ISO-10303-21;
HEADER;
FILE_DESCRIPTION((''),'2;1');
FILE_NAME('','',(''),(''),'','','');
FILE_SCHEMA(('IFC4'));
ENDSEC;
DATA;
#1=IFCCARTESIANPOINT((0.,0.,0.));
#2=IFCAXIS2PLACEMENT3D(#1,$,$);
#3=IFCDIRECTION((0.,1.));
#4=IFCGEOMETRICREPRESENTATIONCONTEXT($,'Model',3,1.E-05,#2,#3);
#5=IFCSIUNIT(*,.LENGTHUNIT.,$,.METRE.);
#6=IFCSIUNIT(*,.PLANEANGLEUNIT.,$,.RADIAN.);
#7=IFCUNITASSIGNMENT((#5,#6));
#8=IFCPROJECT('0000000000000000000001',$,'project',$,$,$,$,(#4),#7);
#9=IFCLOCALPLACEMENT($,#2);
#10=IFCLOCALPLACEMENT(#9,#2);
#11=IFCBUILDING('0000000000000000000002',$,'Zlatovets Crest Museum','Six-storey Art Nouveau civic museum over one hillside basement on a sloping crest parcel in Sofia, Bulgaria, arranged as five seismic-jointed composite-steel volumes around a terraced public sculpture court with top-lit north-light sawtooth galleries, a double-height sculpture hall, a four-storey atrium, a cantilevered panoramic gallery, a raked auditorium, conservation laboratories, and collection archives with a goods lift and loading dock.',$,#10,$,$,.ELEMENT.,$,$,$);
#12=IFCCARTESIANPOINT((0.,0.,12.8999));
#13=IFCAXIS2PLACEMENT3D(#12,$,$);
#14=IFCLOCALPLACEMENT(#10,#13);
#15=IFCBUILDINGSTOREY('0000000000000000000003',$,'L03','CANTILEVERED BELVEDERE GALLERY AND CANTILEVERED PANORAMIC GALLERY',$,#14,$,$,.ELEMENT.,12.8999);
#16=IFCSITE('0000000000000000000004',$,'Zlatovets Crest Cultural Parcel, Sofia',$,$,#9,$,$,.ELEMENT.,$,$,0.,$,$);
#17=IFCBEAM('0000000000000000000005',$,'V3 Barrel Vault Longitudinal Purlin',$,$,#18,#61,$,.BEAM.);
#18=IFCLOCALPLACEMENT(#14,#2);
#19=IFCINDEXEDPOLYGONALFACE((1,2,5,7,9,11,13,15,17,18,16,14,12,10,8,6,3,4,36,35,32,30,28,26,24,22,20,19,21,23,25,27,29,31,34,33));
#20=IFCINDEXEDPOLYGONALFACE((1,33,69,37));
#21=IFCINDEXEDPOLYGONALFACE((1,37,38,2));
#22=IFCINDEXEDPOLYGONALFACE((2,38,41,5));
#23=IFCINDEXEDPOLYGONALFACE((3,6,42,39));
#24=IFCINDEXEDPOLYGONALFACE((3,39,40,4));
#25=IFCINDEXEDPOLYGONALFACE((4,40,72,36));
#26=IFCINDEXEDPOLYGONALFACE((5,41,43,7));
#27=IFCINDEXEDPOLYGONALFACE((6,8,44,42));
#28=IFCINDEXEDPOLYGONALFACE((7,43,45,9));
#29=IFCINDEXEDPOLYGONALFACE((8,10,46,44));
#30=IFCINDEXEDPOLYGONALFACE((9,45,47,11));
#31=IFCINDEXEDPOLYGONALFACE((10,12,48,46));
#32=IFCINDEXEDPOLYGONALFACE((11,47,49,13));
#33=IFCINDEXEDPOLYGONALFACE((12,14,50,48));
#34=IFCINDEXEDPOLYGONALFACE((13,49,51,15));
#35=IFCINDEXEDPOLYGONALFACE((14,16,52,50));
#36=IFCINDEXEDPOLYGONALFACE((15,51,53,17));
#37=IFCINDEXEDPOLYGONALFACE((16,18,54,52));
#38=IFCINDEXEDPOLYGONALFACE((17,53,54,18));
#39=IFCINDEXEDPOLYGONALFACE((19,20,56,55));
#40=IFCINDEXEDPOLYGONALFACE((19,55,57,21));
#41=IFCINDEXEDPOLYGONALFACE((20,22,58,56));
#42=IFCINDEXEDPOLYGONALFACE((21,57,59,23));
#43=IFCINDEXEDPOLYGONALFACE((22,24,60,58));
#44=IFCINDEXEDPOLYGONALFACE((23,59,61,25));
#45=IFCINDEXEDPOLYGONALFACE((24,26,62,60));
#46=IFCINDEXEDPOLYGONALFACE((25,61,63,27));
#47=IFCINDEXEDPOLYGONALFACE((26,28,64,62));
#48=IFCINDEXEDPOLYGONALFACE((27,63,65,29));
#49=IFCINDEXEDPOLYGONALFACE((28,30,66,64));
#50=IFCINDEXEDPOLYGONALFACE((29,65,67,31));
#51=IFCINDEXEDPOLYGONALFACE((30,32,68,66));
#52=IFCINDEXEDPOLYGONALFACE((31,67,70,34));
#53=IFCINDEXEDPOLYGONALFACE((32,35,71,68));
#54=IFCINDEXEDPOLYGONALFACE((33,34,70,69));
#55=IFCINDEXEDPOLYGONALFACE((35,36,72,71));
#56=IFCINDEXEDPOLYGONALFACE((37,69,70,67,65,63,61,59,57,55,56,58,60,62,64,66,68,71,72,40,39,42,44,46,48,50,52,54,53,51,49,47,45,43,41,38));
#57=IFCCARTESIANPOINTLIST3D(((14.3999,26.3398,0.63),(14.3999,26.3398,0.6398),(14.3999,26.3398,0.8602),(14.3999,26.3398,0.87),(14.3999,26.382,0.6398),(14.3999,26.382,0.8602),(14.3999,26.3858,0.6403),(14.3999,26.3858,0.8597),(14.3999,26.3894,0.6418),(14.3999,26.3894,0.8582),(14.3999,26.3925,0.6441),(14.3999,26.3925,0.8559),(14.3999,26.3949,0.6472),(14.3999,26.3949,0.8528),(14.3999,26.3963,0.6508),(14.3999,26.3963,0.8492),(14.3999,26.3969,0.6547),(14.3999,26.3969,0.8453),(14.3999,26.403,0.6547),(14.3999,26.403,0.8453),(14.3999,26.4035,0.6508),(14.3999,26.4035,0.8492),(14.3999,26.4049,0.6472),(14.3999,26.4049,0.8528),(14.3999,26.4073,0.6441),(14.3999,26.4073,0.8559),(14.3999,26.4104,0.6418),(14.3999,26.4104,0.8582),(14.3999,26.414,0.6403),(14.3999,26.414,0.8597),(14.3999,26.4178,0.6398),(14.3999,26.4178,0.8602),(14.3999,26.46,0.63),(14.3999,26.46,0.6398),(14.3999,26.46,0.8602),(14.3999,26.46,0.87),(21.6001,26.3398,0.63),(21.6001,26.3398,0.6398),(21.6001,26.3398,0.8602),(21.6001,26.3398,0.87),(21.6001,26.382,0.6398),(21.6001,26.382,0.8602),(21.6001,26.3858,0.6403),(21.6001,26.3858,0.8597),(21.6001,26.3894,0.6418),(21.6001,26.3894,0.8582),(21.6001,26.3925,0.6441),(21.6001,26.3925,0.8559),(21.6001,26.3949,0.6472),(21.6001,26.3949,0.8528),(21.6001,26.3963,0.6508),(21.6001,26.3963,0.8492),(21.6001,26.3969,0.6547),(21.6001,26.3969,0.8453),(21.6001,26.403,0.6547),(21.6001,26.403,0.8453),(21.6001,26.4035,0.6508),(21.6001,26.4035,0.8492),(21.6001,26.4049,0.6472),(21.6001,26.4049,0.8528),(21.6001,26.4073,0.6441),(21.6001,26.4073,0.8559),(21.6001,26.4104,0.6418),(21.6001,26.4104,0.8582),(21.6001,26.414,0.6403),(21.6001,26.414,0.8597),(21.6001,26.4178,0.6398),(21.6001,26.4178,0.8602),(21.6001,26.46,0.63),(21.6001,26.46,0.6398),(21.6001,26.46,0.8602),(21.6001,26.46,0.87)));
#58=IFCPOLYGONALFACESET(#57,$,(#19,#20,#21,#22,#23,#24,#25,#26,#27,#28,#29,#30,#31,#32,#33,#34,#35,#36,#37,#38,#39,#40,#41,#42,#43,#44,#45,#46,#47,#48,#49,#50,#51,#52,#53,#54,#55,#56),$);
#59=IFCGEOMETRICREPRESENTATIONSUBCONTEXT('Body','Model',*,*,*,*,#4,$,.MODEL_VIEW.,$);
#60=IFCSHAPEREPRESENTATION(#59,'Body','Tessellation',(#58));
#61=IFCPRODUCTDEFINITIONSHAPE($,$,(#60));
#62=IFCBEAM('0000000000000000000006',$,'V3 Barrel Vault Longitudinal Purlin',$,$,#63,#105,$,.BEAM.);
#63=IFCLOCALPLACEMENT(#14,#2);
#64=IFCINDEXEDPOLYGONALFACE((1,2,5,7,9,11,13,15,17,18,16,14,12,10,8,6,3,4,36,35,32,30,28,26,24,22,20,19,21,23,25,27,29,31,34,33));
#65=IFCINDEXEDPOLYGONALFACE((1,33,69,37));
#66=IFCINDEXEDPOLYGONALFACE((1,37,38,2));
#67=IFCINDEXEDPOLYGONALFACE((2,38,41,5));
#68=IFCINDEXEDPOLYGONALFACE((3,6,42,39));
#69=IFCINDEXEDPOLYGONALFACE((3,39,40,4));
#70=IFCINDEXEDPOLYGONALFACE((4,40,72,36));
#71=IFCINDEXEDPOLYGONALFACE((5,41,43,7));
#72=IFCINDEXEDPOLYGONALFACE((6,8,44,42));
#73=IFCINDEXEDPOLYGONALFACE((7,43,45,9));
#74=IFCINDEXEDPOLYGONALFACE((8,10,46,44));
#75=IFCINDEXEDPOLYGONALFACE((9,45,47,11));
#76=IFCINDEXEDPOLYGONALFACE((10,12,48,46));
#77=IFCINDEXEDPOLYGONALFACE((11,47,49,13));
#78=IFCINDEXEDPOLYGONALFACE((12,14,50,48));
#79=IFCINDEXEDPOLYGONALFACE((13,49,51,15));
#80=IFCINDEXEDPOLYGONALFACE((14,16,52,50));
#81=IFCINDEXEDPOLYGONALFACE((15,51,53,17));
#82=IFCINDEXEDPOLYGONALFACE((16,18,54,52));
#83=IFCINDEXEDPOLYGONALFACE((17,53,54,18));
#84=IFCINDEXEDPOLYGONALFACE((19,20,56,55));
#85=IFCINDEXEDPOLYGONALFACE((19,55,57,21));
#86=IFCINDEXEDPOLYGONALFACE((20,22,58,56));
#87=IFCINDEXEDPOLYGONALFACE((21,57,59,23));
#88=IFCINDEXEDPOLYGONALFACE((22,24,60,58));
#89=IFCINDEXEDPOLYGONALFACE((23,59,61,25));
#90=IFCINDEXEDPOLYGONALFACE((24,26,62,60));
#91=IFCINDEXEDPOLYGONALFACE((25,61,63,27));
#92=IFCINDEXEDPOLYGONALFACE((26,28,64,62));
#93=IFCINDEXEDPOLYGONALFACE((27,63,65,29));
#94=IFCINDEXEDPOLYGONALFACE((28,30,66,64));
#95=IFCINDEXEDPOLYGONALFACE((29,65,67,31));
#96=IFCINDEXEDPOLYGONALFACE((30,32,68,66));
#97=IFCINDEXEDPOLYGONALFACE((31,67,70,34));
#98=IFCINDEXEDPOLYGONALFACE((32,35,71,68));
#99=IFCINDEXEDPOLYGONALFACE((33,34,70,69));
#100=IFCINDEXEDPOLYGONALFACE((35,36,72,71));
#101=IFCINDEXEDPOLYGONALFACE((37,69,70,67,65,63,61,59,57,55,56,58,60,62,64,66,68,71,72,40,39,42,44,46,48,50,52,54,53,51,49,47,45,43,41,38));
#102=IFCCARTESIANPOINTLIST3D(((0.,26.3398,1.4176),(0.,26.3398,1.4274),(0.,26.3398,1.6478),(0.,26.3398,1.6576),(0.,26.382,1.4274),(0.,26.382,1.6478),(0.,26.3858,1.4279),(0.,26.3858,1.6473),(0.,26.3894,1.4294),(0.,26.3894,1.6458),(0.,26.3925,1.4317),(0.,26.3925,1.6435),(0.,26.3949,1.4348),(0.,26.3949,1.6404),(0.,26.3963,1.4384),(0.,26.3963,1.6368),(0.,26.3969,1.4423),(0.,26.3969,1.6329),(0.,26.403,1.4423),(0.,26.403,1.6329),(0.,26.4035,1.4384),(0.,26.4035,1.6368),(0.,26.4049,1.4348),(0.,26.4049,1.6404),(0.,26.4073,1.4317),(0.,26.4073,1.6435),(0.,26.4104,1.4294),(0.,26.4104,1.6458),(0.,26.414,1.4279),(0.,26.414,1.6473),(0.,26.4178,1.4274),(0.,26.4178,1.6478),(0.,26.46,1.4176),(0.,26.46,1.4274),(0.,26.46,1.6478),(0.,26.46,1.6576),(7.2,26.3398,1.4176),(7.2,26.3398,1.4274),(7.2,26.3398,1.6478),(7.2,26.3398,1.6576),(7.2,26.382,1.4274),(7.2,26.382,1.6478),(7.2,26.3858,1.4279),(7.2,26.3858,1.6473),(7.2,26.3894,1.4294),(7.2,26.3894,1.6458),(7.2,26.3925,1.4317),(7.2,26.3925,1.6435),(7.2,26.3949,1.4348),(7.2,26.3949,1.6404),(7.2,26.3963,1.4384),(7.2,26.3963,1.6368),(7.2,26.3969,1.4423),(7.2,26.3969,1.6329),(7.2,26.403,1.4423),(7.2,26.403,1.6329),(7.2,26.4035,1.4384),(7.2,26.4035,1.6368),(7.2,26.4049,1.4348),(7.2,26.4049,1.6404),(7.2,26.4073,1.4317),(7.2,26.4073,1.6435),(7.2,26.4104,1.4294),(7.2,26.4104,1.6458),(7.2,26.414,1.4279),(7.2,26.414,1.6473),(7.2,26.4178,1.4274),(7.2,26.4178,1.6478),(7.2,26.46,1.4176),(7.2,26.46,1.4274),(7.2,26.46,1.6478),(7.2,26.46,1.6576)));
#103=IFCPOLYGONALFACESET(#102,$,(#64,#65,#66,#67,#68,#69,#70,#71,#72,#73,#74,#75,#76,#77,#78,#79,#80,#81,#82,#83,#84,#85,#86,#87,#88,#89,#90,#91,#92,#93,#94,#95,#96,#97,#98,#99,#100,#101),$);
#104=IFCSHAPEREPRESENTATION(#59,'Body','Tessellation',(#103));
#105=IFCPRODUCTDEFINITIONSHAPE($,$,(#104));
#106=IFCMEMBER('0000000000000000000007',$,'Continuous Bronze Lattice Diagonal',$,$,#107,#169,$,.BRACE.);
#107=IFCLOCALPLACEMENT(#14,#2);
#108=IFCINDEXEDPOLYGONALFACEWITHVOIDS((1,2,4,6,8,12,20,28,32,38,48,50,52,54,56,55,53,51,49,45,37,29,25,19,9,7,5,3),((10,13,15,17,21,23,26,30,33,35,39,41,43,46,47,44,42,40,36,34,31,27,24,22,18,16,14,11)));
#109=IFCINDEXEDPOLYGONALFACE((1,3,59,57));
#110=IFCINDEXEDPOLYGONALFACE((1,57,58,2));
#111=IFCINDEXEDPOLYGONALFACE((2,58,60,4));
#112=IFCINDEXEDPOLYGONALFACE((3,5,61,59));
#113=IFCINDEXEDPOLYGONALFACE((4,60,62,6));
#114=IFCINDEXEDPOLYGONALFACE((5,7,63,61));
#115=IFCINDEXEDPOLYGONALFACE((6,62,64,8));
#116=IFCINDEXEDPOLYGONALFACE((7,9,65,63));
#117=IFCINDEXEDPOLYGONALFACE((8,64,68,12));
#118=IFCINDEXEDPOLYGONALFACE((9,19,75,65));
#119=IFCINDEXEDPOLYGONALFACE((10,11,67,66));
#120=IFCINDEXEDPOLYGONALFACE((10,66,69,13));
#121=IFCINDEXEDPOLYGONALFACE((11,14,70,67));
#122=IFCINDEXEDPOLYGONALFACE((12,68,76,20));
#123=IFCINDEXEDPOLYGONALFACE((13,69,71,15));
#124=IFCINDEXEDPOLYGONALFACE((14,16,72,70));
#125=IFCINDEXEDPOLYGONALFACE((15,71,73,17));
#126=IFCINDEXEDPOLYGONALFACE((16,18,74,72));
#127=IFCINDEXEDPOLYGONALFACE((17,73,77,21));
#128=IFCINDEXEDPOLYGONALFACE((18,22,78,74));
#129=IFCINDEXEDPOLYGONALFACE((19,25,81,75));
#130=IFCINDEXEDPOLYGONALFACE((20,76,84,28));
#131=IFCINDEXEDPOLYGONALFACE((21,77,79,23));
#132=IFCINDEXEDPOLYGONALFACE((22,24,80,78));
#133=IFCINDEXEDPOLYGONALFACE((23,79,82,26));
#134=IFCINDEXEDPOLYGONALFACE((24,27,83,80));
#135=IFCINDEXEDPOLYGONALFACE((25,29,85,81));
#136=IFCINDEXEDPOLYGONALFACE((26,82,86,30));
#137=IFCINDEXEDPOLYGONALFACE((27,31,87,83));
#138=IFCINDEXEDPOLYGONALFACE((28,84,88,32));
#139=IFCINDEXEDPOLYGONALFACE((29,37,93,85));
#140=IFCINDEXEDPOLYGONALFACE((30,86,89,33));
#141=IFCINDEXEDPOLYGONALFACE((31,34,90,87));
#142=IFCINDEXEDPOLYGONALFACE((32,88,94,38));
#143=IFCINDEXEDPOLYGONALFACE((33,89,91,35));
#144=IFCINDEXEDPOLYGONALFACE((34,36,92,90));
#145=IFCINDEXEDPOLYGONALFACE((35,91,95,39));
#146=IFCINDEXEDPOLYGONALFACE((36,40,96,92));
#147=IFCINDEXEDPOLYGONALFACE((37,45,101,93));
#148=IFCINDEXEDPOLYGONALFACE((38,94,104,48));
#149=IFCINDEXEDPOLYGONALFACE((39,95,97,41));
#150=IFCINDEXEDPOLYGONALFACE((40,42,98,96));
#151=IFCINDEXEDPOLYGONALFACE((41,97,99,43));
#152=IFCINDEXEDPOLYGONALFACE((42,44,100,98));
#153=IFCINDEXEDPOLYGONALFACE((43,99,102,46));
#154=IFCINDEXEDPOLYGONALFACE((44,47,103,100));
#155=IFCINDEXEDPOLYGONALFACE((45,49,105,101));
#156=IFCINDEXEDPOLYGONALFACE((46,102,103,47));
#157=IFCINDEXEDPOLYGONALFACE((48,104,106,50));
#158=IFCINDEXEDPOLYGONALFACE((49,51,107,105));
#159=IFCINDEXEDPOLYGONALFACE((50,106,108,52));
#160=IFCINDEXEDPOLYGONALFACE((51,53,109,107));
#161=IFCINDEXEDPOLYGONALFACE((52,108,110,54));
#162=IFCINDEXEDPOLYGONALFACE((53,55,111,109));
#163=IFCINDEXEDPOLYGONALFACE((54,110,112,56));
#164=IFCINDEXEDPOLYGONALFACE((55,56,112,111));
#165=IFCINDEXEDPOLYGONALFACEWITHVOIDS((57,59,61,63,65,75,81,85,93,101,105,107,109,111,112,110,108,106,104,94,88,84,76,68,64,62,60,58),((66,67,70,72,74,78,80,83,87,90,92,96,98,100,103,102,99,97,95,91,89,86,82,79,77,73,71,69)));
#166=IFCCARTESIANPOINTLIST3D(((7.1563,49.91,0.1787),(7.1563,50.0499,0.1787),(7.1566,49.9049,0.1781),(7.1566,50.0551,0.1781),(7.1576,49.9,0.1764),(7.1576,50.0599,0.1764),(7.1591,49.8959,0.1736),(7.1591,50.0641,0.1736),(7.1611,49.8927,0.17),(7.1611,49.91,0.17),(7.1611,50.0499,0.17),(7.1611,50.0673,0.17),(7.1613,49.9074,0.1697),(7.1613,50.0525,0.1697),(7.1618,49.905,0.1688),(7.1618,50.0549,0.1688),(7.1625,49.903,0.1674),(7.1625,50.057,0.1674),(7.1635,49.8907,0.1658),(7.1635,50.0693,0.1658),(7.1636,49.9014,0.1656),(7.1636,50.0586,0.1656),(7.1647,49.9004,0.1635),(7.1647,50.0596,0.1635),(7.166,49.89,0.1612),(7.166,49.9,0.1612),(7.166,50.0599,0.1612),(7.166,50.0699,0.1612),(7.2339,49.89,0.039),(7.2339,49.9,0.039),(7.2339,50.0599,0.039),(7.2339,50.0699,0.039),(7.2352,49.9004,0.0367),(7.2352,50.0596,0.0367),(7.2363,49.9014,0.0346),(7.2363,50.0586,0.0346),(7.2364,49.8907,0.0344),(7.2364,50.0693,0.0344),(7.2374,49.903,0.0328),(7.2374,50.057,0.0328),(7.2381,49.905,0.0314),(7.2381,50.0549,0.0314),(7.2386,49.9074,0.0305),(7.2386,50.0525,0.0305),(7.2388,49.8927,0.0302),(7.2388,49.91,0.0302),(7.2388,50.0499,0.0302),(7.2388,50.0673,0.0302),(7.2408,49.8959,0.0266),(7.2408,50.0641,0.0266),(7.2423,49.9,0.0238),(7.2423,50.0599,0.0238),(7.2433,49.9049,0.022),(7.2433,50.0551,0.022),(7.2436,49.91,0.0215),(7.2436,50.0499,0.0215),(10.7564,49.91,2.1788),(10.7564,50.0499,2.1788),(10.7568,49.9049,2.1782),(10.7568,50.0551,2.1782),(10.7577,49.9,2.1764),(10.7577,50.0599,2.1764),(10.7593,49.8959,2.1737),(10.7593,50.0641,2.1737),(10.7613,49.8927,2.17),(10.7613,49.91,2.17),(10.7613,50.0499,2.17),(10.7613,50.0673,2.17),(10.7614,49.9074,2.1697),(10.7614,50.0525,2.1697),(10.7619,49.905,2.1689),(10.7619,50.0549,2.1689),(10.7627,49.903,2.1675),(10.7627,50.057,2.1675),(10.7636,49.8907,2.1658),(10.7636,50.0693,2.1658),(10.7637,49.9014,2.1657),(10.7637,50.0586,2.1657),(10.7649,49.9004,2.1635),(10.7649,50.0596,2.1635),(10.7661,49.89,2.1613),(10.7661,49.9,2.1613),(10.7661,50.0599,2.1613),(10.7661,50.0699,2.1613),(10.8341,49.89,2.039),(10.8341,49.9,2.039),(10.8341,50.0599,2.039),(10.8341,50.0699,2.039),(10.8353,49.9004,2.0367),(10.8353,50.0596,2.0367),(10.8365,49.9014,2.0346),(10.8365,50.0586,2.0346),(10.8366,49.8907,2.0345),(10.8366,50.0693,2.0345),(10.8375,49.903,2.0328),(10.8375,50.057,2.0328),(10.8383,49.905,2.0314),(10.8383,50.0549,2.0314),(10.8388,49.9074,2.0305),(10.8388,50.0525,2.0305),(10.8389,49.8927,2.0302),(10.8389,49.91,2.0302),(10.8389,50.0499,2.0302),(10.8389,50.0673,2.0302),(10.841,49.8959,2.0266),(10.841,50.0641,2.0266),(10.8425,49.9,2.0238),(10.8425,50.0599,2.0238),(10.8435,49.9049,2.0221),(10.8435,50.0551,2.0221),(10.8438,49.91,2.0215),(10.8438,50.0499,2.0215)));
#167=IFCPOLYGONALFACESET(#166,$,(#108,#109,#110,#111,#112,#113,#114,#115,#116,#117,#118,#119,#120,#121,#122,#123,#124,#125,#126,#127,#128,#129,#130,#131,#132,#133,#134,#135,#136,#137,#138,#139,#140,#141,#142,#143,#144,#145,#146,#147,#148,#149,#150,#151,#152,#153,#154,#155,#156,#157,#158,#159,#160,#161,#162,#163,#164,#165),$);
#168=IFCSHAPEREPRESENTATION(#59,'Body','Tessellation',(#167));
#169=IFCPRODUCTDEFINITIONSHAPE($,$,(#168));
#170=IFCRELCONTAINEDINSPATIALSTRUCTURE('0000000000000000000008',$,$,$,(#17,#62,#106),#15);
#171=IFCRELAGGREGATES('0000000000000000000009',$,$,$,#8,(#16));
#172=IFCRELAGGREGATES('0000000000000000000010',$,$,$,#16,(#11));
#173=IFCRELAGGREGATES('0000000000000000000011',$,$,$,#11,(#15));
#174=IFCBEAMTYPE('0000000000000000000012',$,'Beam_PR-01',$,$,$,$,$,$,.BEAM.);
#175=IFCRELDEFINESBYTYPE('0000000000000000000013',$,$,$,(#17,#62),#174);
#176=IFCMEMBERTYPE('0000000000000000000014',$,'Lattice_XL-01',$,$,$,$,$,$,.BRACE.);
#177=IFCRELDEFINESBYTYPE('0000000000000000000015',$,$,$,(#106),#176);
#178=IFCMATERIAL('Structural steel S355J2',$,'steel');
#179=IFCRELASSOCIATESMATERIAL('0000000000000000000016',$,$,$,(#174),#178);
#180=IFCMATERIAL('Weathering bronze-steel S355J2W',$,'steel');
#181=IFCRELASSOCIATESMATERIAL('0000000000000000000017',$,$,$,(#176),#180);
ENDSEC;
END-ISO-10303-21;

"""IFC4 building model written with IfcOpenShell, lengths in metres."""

from ifc_helpers import new_model, si_unit, direction, frame, origin, origin_2d, place, context, subcontext, project, spatial, hollow_rectangle, i_section, extrude, material, material_profile, profile_set, type_object, element, save


model = new_model("IFC4")

# Units and contexts
model_context = context("Model", 3, precision=1e-05, world=origin(), true_north=direction((0.0, 1.0)))
body_context = subcontext(model_context, "Body", "Model", "MODEL_VIEW")
ifc_project = project(units=[si_unit("LENGTHUNIT", "METRE"), si_unit("PLANEANGLEUNIT", "RADIAN")], contexts=[model_context])

# Site, building, storey
site_placement = place(None, origin())
site = spatial("IfcSite", under=ifc_project, at=site_placement, Name="Zlatovets Crest Cultural Parcel, Sofia", CompositionType="ELEMENT", RefElevation=0.0)
building_placement = place(site_placement, origin())
building = spatial("IfcBuilding", under=site, at=building_placement, Name="Zlatovets Crest Museum", Description="Six-storey Art Nouveau civic museum over one hillside basement on a sloping crest parcel in Sofia, Bulgaria, arranged as five seismic-jointed composite-steel volumes around a terraced public sculpture court with top-lit north-light sawtooth galleries, a double-height sculpture hall, a four-storey atrium, a cantilevered panoramic gallery, a raked auditorium, conservation laboratories, and collection archives with a goods lift and loading dock.", CompositionType="ELEMENT")
storey_placement = place(building_placement, frame((0.0, 0.0, 12.8999)))
storey = spatial("IfcBuildingStorey", under=building, at=storey_placement, Name="L03", Description="CANTILEVERED BELVEDERE GALLERY AND CANTILEVERED PANORAMIC GALLERY", CompositionType="ELEMENT", Elevation=12.8999)

# Shared definitions
ifc_material_1 = material(Name="Structural steel S355J2", Category="steel")

# Beams
ifc_material_profile_1 = material_profile(ifc_material_1, i_section(OverallWidth=0.1201, OverallDepth=0.24, WebThickness=0.0061, FlangeThickness=0.0098, FilletRadius=0.0149, at=origin_2d()), Name="IPE 240")
ifc_profile_set_1 = profile_set([ifc_material_profile_1], Name="Structural steel S355J2")
beam_type_1 = type_object("IfcBeamType", Name="Beam_PR-01", PredefinedType="BEAM", material=ifc_profile_set_1)
beam_1_placement = place(storey_placement, frame((14.3999, 26.3999, 0.75), z_axis=(1.0, 0.0, 0.0), x_axis=(0.0, 1.0, 0.0)))
element("IfcBeam", 1, at=beam_1_placement, inside=storey, type_object=beam_type_1, Name="V3 Barrel Vault Longitudinal Purlin", PredefinedType="BEAM", context=body_context, shape_type="SweptSolid", body=[
    extrude(i_section(OverallWidth=0.1201, OverallDepth=0.24, WebThickness=0.0061, FlangeThickness=0.0098, FilletRadius=0.0149, at=origin_2d()), origin(), (0.0, 0.0, 1.0), 7.2002),
])
beam_2_placement = place(storey_placement, frame((0.0, 26.3999, 1.5376), z_axis=(1.0, 0.0, 0.0), x_axis=(0.0, 1.0, 0.0)))
element("IfcBeam", 2, at=beam_2_placement, inside=storey, type_object=beam_type_1, Name="V3 Barrel Vault Longitudinal Purlin", PredefinedType="BEAM", context=body_context, shape_type="SweptSolid", body=[
    extrude(i_section(OverallWidth=0.1201, OverallDepth=0.24, WebThickness=0.0061, FlangeThickness=0.0098, FilletRadius=0.0149, at=origin_2d()), origin(), (0.0, 0.0, 1.0), 7.2),
])

# Member
ifc_material_2 = material(Name="Weathering bronze-steel S355J2W", Category="steel")
ifc_material_profile_2 = material_profile(ifc_material_2, hollow_rectangle(XDim=0.1799, YDim=0.1799, WallThickness=0.01, InnerFilletRadius=0.01, OuterFilletRadius=0.02, at=origin_2d()), Name="SHS 180x180x10.0")
ifc_profile_set_2 = profile_set([ifc_material_profile_2], Name="Weathering bronze-steel S355J2W")
member_type_1 = type_object("IfcMemberType", Name="Lattice_XL-01", PredefinedType="BRACE", material=ifc_profile_set_2)
member_1_placement = place(storey_placement, frame((7.2, 49.98, 0.1001), z_axis=(0.874163, 0.0, 0.485633), x_axis=(0.0, 1.0, 0.0)))
element("IfcMember", 3, at=member_1_placement, inside=storey, type_object=member_type_1, Name="Continuous Bronze Lattice Diagonal", PredefinedType="BRACE", context=body_context, shape_type="SweptSolid", body=[
    extrude(hollow_rectangle(XDim=0.1799, YDim=0.1799, WallThickness=0.01, InnerFilletRadius=0.01, OuterFilletRadius=0.02, at=origin_2d()), origin(), (0.0, 0.0, 1.0), 4.1184),
])

save(model, "model.ifc")
